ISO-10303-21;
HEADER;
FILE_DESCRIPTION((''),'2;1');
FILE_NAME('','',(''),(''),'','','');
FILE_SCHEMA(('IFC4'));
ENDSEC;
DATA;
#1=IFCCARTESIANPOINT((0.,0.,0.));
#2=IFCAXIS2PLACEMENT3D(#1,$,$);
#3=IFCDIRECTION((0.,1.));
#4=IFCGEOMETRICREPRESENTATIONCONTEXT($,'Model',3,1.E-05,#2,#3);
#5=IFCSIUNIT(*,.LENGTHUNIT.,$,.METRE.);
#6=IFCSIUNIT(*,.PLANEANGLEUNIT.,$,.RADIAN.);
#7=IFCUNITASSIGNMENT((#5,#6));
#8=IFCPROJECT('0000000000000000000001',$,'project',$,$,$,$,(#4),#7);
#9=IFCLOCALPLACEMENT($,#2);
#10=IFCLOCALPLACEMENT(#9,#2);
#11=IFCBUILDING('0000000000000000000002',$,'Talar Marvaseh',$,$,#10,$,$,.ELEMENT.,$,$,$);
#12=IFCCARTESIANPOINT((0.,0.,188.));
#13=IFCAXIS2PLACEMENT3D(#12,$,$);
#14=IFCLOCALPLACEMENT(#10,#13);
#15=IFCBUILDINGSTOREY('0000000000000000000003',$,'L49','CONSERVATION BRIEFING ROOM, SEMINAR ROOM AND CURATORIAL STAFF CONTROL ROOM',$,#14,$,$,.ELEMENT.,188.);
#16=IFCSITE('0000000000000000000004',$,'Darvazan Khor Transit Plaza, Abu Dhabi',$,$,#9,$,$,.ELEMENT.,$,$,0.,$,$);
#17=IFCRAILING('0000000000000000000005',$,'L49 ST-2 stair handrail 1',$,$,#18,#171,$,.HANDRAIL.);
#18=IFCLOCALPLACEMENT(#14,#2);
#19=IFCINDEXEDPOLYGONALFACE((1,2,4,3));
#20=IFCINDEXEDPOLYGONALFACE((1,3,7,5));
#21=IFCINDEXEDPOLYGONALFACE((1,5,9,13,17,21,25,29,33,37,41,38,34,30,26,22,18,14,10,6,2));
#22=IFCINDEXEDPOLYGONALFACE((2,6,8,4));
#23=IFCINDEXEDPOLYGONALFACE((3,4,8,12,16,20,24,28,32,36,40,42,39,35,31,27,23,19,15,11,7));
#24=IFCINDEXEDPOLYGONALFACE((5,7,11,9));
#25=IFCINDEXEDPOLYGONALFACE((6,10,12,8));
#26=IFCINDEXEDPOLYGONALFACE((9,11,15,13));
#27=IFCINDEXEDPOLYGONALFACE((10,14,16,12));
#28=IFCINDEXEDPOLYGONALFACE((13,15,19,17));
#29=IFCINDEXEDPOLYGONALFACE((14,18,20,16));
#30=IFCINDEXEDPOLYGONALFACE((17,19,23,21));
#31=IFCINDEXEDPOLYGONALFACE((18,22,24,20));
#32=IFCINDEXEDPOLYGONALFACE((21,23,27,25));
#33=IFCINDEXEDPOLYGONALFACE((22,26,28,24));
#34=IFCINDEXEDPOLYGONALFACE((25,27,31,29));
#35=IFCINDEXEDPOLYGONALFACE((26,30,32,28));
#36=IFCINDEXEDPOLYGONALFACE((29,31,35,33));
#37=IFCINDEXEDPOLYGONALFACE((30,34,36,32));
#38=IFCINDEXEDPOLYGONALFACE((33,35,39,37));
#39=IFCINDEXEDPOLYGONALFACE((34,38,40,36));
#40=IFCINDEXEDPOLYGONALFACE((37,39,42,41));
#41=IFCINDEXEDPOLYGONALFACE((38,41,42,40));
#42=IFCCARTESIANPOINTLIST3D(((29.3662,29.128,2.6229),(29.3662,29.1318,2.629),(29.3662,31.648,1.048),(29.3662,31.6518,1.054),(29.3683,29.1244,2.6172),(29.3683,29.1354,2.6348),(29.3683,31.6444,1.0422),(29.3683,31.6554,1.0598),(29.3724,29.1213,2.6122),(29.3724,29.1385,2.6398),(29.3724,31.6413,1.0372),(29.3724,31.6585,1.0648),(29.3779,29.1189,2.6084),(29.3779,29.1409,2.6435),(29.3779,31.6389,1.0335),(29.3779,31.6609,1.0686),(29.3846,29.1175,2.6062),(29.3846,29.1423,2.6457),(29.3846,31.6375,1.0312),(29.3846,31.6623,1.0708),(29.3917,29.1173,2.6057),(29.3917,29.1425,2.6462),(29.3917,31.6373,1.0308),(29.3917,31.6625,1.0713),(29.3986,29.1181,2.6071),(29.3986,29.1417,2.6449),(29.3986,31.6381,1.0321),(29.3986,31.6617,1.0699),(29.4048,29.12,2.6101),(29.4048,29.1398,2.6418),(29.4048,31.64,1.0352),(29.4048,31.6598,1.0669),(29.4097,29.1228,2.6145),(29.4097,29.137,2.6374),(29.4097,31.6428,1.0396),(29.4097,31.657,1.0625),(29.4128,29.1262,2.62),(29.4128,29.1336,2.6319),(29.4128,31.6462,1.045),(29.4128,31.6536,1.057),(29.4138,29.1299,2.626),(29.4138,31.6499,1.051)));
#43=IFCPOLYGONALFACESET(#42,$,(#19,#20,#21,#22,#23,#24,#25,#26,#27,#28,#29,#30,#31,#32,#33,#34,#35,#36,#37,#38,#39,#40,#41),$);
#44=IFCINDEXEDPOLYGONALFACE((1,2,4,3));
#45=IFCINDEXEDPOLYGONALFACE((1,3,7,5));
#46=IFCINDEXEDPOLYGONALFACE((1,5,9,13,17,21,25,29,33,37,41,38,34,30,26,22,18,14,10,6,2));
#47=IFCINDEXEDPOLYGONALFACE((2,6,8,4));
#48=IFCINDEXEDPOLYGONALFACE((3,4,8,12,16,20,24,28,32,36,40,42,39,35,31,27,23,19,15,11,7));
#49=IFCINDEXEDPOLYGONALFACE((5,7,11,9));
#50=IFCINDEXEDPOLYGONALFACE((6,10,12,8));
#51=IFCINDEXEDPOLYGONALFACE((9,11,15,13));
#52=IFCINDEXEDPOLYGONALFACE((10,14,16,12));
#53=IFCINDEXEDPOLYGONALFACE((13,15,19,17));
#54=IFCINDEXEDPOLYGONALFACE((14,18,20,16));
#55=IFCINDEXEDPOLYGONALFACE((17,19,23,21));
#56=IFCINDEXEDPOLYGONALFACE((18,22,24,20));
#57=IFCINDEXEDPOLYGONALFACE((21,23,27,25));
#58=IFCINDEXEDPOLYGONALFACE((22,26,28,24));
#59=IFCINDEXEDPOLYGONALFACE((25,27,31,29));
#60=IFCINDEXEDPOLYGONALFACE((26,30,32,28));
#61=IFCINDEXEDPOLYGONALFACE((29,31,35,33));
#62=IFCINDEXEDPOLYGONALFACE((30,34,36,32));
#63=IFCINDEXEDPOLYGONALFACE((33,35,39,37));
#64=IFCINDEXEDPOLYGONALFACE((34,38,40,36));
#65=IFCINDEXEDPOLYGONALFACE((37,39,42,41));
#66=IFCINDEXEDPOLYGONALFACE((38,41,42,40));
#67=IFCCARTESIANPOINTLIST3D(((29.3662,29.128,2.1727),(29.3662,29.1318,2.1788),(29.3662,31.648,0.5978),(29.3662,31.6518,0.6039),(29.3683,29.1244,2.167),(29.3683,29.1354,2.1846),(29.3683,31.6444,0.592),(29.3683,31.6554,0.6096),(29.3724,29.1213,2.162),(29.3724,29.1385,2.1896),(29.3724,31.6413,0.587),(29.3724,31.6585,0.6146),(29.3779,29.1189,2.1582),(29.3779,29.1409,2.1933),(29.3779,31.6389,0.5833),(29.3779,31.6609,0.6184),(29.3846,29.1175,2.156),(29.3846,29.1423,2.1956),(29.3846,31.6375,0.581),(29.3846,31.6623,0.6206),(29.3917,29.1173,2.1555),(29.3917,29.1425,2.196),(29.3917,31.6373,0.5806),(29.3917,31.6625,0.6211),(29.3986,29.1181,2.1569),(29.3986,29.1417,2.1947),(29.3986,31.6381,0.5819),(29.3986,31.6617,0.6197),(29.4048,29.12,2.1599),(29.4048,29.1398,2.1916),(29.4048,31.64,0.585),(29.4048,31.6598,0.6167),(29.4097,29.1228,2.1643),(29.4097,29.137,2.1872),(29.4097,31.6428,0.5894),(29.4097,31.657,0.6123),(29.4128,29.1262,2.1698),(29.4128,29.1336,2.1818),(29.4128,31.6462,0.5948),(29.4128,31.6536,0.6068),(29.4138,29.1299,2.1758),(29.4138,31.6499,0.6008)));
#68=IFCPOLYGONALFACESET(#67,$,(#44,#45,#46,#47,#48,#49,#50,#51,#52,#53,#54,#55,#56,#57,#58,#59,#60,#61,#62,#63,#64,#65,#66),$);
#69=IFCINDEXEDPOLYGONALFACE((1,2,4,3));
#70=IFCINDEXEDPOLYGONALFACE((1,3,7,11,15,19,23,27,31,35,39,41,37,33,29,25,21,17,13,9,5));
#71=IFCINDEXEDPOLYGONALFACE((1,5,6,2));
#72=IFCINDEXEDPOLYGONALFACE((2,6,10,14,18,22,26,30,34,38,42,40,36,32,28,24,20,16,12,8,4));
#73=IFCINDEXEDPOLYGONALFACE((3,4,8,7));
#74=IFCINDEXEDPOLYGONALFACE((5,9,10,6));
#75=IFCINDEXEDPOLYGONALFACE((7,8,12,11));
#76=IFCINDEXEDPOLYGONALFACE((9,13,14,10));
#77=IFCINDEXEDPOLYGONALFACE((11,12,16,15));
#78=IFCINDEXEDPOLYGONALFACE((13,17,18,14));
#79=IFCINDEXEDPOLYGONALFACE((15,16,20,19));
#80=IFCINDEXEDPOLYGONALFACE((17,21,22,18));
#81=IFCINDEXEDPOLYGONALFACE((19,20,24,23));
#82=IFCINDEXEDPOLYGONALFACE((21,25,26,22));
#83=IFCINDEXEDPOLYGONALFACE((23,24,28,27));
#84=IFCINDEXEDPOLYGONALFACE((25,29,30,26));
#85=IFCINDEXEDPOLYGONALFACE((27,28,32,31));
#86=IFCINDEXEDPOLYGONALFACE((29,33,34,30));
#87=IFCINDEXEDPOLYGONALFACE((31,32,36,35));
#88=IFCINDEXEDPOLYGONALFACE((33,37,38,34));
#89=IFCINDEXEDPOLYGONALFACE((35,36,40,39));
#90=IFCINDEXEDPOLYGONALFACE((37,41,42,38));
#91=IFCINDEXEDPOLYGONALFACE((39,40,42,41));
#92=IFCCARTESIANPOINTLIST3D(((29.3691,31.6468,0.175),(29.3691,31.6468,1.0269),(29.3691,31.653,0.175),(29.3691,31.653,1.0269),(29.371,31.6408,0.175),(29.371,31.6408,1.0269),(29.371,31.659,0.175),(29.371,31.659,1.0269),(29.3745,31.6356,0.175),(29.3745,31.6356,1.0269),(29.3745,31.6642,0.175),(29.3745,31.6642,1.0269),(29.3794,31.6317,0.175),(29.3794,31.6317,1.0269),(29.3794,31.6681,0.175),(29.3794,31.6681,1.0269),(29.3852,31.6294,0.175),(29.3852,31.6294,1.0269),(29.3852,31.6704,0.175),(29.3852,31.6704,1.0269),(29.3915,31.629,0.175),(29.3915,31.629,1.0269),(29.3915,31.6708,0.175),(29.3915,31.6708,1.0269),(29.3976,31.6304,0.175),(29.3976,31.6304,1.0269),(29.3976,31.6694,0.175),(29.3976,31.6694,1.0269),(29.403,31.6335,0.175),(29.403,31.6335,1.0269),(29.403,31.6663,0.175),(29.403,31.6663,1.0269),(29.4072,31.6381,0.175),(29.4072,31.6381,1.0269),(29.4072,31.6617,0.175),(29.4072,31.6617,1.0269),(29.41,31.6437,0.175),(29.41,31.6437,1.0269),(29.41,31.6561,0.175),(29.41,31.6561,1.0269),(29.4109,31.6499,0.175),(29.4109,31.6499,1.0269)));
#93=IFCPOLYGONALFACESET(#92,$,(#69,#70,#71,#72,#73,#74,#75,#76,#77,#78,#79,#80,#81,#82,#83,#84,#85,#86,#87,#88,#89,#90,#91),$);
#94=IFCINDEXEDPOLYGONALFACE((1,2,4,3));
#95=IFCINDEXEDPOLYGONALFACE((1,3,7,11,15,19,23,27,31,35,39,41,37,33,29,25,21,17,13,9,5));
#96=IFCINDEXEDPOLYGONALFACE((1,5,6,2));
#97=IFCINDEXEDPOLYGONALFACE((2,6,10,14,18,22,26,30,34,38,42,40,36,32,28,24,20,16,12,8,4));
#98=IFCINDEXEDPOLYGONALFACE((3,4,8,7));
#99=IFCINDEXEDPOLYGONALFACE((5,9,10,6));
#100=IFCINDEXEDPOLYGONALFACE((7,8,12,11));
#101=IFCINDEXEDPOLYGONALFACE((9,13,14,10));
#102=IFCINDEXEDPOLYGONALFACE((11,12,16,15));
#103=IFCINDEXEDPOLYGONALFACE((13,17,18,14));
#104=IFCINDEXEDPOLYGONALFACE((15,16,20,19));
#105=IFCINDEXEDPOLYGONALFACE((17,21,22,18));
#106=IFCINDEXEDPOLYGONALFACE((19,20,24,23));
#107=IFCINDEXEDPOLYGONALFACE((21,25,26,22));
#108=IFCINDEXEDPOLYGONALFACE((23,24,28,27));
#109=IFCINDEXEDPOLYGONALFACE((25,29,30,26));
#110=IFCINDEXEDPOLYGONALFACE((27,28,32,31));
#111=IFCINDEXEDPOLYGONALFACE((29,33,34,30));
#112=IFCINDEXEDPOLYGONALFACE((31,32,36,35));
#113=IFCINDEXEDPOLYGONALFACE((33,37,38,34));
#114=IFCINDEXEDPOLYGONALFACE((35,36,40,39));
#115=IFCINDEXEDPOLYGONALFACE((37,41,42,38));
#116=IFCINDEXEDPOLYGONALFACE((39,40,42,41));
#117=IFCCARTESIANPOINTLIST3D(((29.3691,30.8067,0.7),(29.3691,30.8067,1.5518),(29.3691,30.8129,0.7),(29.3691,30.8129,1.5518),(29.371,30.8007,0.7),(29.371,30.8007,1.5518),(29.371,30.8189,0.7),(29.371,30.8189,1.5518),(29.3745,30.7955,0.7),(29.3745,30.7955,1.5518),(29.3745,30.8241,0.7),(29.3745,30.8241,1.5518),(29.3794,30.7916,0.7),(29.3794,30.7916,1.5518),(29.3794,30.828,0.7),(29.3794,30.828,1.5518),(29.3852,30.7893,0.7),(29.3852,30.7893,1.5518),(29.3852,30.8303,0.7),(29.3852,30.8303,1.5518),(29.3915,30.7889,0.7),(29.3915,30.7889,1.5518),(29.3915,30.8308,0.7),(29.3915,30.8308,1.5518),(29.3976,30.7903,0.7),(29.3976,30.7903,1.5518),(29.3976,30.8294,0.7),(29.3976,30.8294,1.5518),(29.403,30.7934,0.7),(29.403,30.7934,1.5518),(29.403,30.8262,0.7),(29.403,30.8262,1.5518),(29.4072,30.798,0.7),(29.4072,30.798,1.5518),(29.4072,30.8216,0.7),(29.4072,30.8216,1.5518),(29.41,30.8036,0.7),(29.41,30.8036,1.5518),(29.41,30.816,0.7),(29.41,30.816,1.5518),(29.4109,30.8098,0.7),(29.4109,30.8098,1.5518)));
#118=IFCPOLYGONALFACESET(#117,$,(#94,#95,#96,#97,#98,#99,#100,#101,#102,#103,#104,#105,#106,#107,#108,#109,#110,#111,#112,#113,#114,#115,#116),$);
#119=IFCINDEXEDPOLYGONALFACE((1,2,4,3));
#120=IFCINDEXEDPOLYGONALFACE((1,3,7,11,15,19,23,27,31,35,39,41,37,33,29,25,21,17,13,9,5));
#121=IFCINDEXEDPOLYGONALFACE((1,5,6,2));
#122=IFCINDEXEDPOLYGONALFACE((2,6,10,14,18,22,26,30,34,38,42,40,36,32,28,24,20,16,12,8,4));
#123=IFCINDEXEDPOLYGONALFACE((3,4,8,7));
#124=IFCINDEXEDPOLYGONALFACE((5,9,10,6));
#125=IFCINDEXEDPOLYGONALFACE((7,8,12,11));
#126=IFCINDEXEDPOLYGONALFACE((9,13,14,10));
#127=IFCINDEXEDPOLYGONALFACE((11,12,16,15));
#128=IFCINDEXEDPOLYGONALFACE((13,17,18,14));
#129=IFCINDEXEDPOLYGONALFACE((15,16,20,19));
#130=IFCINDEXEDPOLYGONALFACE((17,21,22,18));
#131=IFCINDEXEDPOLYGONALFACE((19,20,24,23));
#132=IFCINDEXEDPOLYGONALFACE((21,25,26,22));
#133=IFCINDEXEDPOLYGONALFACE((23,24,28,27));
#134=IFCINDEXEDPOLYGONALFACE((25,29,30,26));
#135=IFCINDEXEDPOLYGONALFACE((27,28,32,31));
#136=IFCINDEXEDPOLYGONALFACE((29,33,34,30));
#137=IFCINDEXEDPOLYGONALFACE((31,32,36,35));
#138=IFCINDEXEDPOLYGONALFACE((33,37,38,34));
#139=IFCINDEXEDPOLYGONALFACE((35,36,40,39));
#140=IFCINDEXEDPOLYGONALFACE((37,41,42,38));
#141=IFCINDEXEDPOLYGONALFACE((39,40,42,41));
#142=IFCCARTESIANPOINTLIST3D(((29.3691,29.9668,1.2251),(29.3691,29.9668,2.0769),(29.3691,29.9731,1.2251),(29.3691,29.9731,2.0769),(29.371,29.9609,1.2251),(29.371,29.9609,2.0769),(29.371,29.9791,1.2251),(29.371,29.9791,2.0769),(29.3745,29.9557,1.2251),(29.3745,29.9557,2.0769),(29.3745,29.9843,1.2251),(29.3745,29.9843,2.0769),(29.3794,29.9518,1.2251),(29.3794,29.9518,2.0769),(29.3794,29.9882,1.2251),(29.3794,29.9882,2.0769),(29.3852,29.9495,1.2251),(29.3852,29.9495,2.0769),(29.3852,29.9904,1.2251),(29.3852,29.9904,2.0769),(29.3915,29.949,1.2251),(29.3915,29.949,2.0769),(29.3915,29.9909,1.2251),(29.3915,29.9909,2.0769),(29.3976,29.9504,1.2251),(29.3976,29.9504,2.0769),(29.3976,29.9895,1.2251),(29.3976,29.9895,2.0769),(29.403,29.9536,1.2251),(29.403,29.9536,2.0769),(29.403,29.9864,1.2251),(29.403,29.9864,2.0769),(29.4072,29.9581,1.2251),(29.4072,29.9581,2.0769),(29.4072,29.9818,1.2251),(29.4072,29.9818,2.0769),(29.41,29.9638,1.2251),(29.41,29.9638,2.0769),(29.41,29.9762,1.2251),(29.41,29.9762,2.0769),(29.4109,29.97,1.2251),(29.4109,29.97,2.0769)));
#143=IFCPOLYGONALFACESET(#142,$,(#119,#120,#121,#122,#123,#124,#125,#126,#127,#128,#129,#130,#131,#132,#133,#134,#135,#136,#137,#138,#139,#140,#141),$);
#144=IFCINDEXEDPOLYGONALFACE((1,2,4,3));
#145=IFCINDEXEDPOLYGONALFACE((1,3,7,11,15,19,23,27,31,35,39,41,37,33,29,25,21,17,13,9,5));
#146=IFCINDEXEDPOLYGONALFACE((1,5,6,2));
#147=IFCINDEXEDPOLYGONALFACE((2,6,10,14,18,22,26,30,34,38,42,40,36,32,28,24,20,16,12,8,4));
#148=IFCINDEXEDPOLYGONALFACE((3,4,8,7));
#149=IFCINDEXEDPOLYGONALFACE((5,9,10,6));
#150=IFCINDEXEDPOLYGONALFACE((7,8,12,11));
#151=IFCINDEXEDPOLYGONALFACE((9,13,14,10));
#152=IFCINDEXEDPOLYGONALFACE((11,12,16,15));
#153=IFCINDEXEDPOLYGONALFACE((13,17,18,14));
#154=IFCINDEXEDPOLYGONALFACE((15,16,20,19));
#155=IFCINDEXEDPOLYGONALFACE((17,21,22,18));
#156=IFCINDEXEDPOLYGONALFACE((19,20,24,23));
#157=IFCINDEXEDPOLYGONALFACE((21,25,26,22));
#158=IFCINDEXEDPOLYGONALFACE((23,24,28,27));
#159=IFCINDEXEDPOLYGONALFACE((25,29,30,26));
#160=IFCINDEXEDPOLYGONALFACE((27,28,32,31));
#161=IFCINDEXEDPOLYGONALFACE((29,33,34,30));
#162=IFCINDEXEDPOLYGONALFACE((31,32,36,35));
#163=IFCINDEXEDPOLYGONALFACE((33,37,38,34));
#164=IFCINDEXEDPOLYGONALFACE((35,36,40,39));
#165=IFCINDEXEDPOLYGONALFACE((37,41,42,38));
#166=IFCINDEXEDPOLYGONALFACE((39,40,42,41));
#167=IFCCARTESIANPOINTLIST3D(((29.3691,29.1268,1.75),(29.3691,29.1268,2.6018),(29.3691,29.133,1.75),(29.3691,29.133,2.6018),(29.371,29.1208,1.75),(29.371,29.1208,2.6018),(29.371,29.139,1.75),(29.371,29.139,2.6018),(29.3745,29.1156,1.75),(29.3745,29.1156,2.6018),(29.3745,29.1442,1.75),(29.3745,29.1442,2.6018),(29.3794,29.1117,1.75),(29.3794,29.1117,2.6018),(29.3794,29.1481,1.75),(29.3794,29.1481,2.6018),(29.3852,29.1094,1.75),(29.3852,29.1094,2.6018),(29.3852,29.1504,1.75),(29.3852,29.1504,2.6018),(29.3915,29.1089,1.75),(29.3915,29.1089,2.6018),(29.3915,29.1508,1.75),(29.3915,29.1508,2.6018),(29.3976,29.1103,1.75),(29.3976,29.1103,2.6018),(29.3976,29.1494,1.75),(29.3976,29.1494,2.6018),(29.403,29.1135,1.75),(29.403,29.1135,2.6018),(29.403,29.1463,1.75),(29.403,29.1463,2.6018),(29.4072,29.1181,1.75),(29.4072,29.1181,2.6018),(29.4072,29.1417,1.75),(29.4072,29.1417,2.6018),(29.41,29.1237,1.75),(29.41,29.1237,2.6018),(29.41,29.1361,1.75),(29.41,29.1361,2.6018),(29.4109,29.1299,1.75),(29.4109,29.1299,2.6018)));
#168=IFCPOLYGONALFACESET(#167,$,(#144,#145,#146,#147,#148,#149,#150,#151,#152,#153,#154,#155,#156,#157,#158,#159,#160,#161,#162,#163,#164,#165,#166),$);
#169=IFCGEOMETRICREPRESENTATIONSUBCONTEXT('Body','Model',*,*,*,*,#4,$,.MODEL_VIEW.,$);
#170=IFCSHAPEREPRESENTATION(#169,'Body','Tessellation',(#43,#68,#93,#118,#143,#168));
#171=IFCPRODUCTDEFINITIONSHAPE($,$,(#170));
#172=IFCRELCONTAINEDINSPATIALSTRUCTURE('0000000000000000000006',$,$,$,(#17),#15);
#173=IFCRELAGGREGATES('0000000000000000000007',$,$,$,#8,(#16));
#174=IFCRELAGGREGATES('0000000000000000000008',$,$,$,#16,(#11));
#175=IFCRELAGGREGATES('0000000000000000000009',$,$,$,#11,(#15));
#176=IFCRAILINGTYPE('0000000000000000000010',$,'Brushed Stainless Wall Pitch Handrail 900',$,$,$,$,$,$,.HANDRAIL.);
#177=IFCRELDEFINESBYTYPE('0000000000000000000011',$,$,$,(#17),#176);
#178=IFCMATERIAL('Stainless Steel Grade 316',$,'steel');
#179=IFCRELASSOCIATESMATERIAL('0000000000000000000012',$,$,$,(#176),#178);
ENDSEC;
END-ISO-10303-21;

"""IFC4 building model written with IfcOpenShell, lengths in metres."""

from ifc_helpers import new_model, si_unit, direction, frame, origin, origin_2d, place, context, subcontext, project, spatial, circle, extrude, material, type_object, element, save


model = new_model("IFC4")

# Units and contexts
model_context = context("Model", 3, precision=1e-05, world=origin(), true_north=direction((0.0, 1.0)))
body_context = subcontext(model_context, "Body", "Model", "MODEL_VIEW")
ifc_project = project(units=[si_unit("LENGTHUNIT", "METRE"), si_unit("PLANEANGLEUNIT", "RADIAN")], contexts=[model_context])

# Site, building, storey
site_placement = place(None, origin())
site = spatial("IfcSite", under=ifc_project, at=site_placement, Name="Darvazan Khor Transit Plaza, Abu Dhabi", CompositionType="ELEMENT", RefElevation=0.0)
building_placement = place(site_placement, origin())
building = spatial("IfcBuilding", under=site, at=building_placement, Name="Talar Marvaseh", CompositionType="ELEMENT")
storey_placement = place(building_placement, frame((0.0, 0.0, 188.0)))
storey = spatial("IfcBuildingStorey", under=building, at=storey_placement, Name="L49", Description="CONSERVATION BRIEFING ROOM, SEMINAR ROOM AND CURATORIAL STAFF CONTROL ROOM", CompositionType="ELEMENT", Elevation=188.0)

# Shared definitions
ifc_material_1 = material(Name="Stainless Steel Grade 316", Category="steel")

# Railing
railing_type_1 = type_object("IfcRailingType", Name="Brushed Stainless Wall Pitch Handrail 900", PredefinedType="HANDRAIL", material=ifc_material_1)
railing_1_placement = place(storey_placement, frame((29.3899, 31.6499, 0.175)))
element("IfcRailing", 1, at=railing_1_placement, inside=storey, type_object=railing_type_1, Name="L49 ST-2 stair handrail 1", PredefinedType="HANDRAIL", context=body_context, shape_type="SweptSolid", body=[
    extrude(circle(Radius=0.0239, at=origin_2d()), frame((0.0, 0.0, 0.876), z_axis=(0.0, -0.848008, 0.529984), x_axis=(1.0, 0.0, 0.0)), (0.0, 0.0, 1.0), 2.9717),
    extrude(circle(Radius=0.0239, at=origin_2d()), frame((0.0, 0.0, 0.4258), z_axis=(0.0, -0.848008, 0.529984), x_axis=(1.0, 0.0, 0.0)), (0.0, 0.0, 1.0), 2.9717),
    extrude(circle(Radius=0.021, at=origin_2d()), origin(), (0.0, 0.0, 1.0), 0.8518),
    extrude(circle(Radius=0.021, at=origin_2d()), frame((0.0, -0.8401, 0.5249)), (0.0, 0.0, 1.0), 0.8518),
    extrude(circle(Radius=0.021, at=origin_2d()), frame((0.0, -1.6799, 1.05)), (0.0, 0.0, 1.0), 0.8518),
    extrude(circle(Radius=0.021, at=origin_2d()), frame((0.0, -2.52, 1.575)), (0.0, 0.0, 1.0), 0.8518),
])

save(model, "model.ifc")
